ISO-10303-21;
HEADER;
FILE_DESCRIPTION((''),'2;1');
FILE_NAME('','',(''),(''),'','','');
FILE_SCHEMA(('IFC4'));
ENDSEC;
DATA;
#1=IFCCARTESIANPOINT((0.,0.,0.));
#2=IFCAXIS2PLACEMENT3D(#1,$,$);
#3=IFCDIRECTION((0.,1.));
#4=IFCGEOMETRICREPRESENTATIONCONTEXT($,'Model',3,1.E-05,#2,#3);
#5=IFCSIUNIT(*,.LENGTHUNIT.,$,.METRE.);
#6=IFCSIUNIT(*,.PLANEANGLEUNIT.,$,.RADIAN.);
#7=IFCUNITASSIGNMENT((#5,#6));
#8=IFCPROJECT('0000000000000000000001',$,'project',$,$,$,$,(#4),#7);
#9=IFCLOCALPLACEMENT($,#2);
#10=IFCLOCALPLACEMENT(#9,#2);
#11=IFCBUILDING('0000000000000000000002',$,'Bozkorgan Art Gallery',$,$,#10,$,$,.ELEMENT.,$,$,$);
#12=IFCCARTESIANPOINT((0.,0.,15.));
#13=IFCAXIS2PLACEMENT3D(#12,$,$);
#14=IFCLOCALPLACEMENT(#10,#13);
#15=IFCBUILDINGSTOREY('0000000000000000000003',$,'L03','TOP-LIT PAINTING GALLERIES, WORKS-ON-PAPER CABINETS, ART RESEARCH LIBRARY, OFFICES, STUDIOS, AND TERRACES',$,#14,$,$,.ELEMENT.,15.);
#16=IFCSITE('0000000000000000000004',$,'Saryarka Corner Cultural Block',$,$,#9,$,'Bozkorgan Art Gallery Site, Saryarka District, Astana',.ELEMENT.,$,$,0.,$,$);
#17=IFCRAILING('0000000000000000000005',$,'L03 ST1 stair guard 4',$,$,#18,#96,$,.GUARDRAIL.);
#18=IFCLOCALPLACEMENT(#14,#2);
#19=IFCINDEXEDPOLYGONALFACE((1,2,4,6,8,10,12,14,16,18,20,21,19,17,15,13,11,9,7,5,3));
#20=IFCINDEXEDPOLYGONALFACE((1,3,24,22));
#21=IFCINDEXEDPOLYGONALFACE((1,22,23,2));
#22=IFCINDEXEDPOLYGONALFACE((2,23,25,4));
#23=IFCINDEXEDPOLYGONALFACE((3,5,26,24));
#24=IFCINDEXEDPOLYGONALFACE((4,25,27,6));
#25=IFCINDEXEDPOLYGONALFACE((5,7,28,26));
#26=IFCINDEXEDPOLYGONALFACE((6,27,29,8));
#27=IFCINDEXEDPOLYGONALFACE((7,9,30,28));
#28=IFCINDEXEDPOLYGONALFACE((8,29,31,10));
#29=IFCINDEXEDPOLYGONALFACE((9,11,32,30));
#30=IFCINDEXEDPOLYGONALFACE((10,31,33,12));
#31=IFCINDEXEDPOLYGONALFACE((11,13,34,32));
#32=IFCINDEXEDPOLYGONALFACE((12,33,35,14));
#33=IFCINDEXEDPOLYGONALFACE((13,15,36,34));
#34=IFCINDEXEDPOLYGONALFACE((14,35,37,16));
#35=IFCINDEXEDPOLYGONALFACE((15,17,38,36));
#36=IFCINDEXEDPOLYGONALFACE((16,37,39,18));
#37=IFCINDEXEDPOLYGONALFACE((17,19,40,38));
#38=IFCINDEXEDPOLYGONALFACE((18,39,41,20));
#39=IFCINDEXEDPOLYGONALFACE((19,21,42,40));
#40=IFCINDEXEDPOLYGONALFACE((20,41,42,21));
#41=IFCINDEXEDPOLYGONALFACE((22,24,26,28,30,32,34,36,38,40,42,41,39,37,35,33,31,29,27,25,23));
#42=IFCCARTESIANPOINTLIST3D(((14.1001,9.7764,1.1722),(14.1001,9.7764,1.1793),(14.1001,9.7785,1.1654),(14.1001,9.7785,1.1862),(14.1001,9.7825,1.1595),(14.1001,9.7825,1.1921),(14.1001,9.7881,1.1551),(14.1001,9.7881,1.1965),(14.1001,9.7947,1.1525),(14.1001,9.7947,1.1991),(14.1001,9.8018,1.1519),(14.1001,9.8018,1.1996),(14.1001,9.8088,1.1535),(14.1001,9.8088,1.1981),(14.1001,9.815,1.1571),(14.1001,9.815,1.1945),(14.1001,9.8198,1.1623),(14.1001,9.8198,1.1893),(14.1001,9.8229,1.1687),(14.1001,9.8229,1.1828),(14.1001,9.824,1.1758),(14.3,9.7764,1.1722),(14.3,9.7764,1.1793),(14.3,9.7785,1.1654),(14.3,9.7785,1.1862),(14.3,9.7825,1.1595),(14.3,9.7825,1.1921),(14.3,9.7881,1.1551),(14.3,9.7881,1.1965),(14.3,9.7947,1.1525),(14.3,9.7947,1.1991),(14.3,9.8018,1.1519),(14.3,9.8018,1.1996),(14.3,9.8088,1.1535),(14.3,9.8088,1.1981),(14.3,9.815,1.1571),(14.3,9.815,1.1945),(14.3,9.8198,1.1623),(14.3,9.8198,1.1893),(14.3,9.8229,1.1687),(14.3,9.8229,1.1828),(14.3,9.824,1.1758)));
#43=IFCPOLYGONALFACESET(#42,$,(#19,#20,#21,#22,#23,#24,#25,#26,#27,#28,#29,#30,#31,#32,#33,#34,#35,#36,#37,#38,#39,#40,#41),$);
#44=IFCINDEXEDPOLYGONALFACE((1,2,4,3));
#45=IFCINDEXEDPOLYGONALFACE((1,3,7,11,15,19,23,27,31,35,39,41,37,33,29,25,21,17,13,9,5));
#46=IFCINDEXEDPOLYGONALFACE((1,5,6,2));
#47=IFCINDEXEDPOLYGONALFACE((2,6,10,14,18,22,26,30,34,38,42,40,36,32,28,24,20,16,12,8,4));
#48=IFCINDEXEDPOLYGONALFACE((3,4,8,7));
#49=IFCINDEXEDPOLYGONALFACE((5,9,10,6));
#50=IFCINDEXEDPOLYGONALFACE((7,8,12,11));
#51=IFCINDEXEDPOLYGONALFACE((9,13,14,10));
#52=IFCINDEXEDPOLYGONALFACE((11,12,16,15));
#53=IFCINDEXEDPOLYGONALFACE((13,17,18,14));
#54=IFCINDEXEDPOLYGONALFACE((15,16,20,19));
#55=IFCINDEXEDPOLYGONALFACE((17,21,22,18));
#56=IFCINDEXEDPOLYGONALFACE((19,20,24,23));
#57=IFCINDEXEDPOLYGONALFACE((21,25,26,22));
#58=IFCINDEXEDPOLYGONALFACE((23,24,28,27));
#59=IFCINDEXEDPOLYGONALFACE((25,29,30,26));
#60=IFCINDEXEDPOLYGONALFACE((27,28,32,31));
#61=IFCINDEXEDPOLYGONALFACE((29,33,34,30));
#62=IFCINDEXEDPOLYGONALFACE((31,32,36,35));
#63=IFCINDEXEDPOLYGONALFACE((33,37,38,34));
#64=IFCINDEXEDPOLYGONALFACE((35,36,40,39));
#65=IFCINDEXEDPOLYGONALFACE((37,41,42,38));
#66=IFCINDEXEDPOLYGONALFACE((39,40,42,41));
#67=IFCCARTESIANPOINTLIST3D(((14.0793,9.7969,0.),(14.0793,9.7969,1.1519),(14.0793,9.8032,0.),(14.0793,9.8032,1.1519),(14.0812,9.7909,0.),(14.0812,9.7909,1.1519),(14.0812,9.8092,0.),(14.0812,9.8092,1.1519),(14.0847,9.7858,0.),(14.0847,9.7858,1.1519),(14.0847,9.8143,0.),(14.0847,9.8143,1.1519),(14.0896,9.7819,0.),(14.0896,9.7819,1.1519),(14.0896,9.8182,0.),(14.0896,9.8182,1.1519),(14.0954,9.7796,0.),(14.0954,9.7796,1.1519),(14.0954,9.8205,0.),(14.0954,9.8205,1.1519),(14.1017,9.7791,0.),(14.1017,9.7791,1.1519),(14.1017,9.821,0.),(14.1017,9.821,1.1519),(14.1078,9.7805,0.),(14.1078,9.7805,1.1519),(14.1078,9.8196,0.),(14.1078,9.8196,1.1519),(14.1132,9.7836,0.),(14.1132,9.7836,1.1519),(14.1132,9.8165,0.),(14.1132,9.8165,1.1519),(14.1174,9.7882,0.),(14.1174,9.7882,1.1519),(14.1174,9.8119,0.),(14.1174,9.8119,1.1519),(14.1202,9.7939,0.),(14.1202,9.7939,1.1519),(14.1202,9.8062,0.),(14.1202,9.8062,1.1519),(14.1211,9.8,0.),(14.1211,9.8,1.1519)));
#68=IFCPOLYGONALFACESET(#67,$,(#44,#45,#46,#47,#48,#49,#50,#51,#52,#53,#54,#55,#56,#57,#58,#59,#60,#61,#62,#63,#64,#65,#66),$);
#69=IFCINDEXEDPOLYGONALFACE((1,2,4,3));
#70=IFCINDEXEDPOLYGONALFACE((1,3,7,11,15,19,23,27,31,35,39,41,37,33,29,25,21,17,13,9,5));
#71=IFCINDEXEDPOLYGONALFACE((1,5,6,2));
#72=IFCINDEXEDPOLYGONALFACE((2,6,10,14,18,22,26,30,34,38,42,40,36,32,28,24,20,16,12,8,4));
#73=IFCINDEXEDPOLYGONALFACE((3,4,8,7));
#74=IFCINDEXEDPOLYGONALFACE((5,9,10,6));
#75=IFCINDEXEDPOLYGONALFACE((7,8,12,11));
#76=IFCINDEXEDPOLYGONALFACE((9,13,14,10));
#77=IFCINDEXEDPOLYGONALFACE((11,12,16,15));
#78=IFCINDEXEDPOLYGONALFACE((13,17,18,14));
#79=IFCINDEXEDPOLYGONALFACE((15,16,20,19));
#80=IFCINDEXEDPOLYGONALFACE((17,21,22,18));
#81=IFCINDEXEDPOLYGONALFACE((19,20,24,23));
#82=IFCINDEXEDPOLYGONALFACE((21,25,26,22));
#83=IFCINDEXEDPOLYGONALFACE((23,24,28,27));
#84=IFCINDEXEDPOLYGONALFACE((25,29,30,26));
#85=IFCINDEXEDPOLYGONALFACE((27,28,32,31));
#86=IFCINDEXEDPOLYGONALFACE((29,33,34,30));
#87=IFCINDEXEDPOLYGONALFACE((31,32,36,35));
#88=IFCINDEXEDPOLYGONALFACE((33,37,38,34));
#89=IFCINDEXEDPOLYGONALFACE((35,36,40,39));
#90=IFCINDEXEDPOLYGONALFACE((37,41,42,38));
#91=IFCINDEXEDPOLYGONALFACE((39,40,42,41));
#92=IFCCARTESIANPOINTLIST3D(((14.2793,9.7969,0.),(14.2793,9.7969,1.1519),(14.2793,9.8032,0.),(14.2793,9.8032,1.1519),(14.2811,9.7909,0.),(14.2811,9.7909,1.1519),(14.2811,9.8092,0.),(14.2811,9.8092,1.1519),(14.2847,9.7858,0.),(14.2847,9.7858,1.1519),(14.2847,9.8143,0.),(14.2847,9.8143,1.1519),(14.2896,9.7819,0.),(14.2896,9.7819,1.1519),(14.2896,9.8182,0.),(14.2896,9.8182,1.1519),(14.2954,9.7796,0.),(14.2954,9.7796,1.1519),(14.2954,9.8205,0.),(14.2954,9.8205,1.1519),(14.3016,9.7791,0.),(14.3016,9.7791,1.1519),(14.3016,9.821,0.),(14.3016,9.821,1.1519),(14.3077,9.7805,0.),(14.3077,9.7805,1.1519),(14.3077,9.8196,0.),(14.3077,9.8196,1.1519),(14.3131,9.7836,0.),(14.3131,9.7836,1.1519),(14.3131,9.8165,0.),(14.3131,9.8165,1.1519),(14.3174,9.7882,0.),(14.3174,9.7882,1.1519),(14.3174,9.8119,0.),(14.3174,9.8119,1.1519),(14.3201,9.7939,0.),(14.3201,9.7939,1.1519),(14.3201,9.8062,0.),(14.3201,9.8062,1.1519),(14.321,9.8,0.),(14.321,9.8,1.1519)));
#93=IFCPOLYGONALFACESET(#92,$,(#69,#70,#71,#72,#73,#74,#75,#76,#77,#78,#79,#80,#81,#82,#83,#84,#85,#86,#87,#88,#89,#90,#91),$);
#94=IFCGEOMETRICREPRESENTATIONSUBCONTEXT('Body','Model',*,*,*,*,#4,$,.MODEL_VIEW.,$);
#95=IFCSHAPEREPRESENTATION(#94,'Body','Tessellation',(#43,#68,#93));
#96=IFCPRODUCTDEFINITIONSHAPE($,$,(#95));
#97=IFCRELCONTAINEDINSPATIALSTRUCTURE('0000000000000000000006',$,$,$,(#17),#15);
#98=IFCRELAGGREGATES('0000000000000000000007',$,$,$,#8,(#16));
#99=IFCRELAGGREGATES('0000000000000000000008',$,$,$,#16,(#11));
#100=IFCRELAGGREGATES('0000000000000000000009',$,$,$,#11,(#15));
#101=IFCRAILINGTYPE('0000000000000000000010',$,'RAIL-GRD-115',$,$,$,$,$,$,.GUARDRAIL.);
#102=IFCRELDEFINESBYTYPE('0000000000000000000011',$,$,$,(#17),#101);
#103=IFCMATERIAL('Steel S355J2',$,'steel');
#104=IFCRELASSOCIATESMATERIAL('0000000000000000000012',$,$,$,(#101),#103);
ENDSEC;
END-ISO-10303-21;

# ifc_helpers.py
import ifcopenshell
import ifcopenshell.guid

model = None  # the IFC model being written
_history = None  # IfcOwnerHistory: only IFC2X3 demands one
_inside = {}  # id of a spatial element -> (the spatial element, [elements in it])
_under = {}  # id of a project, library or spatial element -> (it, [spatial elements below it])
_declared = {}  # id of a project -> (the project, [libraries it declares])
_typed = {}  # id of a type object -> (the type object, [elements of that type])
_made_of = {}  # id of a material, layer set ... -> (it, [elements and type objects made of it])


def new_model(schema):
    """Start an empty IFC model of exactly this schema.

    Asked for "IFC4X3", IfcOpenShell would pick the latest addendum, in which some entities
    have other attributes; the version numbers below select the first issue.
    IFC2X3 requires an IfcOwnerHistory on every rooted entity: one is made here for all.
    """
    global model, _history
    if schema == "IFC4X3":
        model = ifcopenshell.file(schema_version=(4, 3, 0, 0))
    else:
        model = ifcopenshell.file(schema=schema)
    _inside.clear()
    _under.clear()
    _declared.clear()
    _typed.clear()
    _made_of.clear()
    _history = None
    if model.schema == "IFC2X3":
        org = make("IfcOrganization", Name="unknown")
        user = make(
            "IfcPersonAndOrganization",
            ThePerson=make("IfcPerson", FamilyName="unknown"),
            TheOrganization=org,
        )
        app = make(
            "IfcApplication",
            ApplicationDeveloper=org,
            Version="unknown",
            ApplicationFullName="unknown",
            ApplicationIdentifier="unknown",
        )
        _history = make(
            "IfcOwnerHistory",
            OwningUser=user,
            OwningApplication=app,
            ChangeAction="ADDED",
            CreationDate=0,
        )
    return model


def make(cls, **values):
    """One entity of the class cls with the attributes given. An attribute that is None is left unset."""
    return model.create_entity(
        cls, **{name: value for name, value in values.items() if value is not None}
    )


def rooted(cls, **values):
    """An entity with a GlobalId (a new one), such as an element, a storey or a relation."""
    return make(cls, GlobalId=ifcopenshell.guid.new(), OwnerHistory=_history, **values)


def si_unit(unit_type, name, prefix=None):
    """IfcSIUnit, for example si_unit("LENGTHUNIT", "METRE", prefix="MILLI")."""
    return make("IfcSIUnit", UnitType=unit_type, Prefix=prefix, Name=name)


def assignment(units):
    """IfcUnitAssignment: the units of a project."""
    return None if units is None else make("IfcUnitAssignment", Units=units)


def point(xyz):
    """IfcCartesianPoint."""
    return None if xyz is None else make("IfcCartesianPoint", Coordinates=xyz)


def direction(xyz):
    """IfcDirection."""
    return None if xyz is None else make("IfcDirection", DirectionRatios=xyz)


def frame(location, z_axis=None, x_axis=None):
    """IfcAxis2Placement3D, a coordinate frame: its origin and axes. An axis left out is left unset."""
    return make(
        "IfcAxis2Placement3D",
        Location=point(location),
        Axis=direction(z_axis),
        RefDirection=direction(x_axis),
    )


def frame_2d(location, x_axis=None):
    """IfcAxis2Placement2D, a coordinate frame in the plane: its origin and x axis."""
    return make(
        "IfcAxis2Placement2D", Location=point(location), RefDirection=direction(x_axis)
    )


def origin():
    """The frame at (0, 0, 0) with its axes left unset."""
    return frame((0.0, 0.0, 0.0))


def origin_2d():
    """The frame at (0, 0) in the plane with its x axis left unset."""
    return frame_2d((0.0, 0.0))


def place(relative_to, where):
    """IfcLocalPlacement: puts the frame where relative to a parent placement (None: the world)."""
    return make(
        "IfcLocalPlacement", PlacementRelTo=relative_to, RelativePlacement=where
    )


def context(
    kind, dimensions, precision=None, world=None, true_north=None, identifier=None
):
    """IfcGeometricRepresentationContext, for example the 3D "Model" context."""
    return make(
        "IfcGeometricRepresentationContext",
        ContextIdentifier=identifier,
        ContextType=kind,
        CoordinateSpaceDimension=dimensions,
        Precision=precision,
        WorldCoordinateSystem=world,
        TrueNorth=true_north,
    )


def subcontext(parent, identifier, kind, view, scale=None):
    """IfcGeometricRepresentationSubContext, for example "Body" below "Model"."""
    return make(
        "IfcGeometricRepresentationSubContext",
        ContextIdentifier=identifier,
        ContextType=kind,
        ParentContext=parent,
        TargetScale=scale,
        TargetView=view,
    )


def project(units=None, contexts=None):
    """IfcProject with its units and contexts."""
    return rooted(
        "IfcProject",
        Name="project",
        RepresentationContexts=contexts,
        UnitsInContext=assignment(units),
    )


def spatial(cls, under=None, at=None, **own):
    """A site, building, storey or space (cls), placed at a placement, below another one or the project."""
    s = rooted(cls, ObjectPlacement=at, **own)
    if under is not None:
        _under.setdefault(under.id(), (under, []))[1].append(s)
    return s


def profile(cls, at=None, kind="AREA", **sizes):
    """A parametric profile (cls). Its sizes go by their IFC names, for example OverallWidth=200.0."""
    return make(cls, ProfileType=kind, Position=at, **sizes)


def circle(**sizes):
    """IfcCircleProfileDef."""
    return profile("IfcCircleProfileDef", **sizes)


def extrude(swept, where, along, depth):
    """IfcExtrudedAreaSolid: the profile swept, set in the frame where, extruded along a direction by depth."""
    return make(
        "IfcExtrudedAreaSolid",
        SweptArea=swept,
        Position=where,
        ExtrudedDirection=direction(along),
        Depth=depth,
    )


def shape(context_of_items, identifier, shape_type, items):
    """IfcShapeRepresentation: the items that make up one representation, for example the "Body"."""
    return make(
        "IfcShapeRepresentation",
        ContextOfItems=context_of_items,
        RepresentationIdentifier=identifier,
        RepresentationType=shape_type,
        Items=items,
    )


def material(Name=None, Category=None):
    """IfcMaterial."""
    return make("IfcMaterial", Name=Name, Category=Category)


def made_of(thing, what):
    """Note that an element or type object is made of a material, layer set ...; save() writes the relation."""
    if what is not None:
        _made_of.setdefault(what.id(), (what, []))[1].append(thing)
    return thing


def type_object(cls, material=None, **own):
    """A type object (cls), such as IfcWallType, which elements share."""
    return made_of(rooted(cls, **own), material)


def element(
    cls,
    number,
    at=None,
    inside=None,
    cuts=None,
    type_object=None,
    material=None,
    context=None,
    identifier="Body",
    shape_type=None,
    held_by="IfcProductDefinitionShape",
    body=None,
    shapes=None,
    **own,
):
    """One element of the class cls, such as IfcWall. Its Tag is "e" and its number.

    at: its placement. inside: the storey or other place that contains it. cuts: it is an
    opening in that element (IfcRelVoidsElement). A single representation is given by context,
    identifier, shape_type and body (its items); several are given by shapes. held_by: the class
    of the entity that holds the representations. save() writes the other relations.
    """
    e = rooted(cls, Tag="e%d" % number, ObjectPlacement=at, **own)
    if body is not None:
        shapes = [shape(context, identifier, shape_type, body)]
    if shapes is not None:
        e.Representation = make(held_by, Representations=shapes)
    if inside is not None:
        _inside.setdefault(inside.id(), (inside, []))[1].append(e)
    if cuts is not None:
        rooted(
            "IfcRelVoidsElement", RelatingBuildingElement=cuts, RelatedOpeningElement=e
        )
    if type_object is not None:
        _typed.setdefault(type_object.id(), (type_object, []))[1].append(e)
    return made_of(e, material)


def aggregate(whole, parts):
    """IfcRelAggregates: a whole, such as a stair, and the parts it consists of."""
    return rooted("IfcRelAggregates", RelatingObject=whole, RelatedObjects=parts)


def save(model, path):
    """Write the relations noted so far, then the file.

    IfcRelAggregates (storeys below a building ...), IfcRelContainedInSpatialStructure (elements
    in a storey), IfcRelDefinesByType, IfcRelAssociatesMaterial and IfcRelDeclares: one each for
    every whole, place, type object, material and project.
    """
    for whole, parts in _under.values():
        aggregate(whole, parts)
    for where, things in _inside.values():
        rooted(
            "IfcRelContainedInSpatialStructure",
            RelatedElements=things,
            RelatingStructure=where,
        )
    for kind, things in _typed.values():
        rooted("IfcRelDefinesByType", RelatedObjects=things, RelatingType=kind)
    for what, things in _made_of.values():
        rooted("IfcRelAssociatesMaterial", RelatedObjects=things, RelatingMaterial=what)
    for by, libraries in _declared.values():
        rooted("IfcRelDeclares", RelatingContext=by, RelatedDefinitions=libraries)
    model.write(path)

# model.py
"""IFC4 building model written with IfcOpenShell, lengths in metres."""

from ifc_helpers import new_model, si_unit, direction, frame, origin, origin_2d, place, context, subcontext, project, spatial, circle, extrude, material, type_object, element, save


model = new_model("IFC4")

# Units and contexts
model_context = context("Model", 3, precision=1e-05, world=origin(), true_north=direction((0.0, 1.0)))
body_context = subcontext(model_context, "Body", "Model", "MODEL_VIEW")
ifc_project = project(units=[si_unit("LENGTHUNIT", "METRE"), si_unit("PLANEANGLEUNIT", "RADIAN")], contexts=[model_context])

# Site, building, storey
site_placement = place(None, origin())
site = spatial("IfcSite", under=ifc_project, at=site_placement, Name="Saryarka Corner Cultural Block", LongName="Bozkorgan Art Gallery Site, Saryarka District, Astana", CompositionType="ELEMENT", RefElevation=0.0)
building_placement = place(site_placement, origin())
building = spatial("IfcBuilding", under=site, at=building_placement, Name="Bozkorgan Art Gallery", CompositionType="ELEMENT")
storey_placement = place(building_placement, frame((0.0, 0.0, 15.0)))
storey = spatial("IfcBuildingStorey", under=building, at=storey_placement, Name="L03", Description="TOP-LIT PAINTING GALLERIES, WORKS-ON-PAPER CABINETS, ART RESEARCH LIBRARY, OFFICES, STUDIOS, AND TERRACES", CompositionType="ELEMENT", Elevation=15.0)

# Shared definitions
ifc_material_1 = material(Name="Steel S355J2", Category="steel")

# Railing
railing_type_1 = type_object("IfcRailingType", Name="RAIL-GRD-115", PredefinedType="GUARDRAIL", material=ifc_material_1)
railing_1_placement = place(storey_placement, frame((14.1001, 9.8, 0.0)))
element("IfcRailing", 1, at=railing_1_placement, inside=storey, type_object=railing_type_1, Name="L03 ST1 stair guard 4", PredefinedType="GUARDRAIL", context=body_context, shape_type="SweptSolid", body=[
    extrude(circle(Radius=0.0239, at=origin_2d()), frame((0.0, 0.0, 1.1758), z_axis=(1.0, 0.0, 0.0), x_axis=(0.0, 1.0, 0.0)), (0.0, 0.0, 1.0), 0.2),
    extrude(circle(Radius=0.021, at=origin_2d()), origin(), (0.0, 0.0, 1.0), 1.1519),
    extrude(circle(Radius=0.021, at=origin_2d()), frame((0.2, 0.0, 0.0)), (0.0, 0.0, 1.0), 1.1519),
])

save(model, "model.ifc")
